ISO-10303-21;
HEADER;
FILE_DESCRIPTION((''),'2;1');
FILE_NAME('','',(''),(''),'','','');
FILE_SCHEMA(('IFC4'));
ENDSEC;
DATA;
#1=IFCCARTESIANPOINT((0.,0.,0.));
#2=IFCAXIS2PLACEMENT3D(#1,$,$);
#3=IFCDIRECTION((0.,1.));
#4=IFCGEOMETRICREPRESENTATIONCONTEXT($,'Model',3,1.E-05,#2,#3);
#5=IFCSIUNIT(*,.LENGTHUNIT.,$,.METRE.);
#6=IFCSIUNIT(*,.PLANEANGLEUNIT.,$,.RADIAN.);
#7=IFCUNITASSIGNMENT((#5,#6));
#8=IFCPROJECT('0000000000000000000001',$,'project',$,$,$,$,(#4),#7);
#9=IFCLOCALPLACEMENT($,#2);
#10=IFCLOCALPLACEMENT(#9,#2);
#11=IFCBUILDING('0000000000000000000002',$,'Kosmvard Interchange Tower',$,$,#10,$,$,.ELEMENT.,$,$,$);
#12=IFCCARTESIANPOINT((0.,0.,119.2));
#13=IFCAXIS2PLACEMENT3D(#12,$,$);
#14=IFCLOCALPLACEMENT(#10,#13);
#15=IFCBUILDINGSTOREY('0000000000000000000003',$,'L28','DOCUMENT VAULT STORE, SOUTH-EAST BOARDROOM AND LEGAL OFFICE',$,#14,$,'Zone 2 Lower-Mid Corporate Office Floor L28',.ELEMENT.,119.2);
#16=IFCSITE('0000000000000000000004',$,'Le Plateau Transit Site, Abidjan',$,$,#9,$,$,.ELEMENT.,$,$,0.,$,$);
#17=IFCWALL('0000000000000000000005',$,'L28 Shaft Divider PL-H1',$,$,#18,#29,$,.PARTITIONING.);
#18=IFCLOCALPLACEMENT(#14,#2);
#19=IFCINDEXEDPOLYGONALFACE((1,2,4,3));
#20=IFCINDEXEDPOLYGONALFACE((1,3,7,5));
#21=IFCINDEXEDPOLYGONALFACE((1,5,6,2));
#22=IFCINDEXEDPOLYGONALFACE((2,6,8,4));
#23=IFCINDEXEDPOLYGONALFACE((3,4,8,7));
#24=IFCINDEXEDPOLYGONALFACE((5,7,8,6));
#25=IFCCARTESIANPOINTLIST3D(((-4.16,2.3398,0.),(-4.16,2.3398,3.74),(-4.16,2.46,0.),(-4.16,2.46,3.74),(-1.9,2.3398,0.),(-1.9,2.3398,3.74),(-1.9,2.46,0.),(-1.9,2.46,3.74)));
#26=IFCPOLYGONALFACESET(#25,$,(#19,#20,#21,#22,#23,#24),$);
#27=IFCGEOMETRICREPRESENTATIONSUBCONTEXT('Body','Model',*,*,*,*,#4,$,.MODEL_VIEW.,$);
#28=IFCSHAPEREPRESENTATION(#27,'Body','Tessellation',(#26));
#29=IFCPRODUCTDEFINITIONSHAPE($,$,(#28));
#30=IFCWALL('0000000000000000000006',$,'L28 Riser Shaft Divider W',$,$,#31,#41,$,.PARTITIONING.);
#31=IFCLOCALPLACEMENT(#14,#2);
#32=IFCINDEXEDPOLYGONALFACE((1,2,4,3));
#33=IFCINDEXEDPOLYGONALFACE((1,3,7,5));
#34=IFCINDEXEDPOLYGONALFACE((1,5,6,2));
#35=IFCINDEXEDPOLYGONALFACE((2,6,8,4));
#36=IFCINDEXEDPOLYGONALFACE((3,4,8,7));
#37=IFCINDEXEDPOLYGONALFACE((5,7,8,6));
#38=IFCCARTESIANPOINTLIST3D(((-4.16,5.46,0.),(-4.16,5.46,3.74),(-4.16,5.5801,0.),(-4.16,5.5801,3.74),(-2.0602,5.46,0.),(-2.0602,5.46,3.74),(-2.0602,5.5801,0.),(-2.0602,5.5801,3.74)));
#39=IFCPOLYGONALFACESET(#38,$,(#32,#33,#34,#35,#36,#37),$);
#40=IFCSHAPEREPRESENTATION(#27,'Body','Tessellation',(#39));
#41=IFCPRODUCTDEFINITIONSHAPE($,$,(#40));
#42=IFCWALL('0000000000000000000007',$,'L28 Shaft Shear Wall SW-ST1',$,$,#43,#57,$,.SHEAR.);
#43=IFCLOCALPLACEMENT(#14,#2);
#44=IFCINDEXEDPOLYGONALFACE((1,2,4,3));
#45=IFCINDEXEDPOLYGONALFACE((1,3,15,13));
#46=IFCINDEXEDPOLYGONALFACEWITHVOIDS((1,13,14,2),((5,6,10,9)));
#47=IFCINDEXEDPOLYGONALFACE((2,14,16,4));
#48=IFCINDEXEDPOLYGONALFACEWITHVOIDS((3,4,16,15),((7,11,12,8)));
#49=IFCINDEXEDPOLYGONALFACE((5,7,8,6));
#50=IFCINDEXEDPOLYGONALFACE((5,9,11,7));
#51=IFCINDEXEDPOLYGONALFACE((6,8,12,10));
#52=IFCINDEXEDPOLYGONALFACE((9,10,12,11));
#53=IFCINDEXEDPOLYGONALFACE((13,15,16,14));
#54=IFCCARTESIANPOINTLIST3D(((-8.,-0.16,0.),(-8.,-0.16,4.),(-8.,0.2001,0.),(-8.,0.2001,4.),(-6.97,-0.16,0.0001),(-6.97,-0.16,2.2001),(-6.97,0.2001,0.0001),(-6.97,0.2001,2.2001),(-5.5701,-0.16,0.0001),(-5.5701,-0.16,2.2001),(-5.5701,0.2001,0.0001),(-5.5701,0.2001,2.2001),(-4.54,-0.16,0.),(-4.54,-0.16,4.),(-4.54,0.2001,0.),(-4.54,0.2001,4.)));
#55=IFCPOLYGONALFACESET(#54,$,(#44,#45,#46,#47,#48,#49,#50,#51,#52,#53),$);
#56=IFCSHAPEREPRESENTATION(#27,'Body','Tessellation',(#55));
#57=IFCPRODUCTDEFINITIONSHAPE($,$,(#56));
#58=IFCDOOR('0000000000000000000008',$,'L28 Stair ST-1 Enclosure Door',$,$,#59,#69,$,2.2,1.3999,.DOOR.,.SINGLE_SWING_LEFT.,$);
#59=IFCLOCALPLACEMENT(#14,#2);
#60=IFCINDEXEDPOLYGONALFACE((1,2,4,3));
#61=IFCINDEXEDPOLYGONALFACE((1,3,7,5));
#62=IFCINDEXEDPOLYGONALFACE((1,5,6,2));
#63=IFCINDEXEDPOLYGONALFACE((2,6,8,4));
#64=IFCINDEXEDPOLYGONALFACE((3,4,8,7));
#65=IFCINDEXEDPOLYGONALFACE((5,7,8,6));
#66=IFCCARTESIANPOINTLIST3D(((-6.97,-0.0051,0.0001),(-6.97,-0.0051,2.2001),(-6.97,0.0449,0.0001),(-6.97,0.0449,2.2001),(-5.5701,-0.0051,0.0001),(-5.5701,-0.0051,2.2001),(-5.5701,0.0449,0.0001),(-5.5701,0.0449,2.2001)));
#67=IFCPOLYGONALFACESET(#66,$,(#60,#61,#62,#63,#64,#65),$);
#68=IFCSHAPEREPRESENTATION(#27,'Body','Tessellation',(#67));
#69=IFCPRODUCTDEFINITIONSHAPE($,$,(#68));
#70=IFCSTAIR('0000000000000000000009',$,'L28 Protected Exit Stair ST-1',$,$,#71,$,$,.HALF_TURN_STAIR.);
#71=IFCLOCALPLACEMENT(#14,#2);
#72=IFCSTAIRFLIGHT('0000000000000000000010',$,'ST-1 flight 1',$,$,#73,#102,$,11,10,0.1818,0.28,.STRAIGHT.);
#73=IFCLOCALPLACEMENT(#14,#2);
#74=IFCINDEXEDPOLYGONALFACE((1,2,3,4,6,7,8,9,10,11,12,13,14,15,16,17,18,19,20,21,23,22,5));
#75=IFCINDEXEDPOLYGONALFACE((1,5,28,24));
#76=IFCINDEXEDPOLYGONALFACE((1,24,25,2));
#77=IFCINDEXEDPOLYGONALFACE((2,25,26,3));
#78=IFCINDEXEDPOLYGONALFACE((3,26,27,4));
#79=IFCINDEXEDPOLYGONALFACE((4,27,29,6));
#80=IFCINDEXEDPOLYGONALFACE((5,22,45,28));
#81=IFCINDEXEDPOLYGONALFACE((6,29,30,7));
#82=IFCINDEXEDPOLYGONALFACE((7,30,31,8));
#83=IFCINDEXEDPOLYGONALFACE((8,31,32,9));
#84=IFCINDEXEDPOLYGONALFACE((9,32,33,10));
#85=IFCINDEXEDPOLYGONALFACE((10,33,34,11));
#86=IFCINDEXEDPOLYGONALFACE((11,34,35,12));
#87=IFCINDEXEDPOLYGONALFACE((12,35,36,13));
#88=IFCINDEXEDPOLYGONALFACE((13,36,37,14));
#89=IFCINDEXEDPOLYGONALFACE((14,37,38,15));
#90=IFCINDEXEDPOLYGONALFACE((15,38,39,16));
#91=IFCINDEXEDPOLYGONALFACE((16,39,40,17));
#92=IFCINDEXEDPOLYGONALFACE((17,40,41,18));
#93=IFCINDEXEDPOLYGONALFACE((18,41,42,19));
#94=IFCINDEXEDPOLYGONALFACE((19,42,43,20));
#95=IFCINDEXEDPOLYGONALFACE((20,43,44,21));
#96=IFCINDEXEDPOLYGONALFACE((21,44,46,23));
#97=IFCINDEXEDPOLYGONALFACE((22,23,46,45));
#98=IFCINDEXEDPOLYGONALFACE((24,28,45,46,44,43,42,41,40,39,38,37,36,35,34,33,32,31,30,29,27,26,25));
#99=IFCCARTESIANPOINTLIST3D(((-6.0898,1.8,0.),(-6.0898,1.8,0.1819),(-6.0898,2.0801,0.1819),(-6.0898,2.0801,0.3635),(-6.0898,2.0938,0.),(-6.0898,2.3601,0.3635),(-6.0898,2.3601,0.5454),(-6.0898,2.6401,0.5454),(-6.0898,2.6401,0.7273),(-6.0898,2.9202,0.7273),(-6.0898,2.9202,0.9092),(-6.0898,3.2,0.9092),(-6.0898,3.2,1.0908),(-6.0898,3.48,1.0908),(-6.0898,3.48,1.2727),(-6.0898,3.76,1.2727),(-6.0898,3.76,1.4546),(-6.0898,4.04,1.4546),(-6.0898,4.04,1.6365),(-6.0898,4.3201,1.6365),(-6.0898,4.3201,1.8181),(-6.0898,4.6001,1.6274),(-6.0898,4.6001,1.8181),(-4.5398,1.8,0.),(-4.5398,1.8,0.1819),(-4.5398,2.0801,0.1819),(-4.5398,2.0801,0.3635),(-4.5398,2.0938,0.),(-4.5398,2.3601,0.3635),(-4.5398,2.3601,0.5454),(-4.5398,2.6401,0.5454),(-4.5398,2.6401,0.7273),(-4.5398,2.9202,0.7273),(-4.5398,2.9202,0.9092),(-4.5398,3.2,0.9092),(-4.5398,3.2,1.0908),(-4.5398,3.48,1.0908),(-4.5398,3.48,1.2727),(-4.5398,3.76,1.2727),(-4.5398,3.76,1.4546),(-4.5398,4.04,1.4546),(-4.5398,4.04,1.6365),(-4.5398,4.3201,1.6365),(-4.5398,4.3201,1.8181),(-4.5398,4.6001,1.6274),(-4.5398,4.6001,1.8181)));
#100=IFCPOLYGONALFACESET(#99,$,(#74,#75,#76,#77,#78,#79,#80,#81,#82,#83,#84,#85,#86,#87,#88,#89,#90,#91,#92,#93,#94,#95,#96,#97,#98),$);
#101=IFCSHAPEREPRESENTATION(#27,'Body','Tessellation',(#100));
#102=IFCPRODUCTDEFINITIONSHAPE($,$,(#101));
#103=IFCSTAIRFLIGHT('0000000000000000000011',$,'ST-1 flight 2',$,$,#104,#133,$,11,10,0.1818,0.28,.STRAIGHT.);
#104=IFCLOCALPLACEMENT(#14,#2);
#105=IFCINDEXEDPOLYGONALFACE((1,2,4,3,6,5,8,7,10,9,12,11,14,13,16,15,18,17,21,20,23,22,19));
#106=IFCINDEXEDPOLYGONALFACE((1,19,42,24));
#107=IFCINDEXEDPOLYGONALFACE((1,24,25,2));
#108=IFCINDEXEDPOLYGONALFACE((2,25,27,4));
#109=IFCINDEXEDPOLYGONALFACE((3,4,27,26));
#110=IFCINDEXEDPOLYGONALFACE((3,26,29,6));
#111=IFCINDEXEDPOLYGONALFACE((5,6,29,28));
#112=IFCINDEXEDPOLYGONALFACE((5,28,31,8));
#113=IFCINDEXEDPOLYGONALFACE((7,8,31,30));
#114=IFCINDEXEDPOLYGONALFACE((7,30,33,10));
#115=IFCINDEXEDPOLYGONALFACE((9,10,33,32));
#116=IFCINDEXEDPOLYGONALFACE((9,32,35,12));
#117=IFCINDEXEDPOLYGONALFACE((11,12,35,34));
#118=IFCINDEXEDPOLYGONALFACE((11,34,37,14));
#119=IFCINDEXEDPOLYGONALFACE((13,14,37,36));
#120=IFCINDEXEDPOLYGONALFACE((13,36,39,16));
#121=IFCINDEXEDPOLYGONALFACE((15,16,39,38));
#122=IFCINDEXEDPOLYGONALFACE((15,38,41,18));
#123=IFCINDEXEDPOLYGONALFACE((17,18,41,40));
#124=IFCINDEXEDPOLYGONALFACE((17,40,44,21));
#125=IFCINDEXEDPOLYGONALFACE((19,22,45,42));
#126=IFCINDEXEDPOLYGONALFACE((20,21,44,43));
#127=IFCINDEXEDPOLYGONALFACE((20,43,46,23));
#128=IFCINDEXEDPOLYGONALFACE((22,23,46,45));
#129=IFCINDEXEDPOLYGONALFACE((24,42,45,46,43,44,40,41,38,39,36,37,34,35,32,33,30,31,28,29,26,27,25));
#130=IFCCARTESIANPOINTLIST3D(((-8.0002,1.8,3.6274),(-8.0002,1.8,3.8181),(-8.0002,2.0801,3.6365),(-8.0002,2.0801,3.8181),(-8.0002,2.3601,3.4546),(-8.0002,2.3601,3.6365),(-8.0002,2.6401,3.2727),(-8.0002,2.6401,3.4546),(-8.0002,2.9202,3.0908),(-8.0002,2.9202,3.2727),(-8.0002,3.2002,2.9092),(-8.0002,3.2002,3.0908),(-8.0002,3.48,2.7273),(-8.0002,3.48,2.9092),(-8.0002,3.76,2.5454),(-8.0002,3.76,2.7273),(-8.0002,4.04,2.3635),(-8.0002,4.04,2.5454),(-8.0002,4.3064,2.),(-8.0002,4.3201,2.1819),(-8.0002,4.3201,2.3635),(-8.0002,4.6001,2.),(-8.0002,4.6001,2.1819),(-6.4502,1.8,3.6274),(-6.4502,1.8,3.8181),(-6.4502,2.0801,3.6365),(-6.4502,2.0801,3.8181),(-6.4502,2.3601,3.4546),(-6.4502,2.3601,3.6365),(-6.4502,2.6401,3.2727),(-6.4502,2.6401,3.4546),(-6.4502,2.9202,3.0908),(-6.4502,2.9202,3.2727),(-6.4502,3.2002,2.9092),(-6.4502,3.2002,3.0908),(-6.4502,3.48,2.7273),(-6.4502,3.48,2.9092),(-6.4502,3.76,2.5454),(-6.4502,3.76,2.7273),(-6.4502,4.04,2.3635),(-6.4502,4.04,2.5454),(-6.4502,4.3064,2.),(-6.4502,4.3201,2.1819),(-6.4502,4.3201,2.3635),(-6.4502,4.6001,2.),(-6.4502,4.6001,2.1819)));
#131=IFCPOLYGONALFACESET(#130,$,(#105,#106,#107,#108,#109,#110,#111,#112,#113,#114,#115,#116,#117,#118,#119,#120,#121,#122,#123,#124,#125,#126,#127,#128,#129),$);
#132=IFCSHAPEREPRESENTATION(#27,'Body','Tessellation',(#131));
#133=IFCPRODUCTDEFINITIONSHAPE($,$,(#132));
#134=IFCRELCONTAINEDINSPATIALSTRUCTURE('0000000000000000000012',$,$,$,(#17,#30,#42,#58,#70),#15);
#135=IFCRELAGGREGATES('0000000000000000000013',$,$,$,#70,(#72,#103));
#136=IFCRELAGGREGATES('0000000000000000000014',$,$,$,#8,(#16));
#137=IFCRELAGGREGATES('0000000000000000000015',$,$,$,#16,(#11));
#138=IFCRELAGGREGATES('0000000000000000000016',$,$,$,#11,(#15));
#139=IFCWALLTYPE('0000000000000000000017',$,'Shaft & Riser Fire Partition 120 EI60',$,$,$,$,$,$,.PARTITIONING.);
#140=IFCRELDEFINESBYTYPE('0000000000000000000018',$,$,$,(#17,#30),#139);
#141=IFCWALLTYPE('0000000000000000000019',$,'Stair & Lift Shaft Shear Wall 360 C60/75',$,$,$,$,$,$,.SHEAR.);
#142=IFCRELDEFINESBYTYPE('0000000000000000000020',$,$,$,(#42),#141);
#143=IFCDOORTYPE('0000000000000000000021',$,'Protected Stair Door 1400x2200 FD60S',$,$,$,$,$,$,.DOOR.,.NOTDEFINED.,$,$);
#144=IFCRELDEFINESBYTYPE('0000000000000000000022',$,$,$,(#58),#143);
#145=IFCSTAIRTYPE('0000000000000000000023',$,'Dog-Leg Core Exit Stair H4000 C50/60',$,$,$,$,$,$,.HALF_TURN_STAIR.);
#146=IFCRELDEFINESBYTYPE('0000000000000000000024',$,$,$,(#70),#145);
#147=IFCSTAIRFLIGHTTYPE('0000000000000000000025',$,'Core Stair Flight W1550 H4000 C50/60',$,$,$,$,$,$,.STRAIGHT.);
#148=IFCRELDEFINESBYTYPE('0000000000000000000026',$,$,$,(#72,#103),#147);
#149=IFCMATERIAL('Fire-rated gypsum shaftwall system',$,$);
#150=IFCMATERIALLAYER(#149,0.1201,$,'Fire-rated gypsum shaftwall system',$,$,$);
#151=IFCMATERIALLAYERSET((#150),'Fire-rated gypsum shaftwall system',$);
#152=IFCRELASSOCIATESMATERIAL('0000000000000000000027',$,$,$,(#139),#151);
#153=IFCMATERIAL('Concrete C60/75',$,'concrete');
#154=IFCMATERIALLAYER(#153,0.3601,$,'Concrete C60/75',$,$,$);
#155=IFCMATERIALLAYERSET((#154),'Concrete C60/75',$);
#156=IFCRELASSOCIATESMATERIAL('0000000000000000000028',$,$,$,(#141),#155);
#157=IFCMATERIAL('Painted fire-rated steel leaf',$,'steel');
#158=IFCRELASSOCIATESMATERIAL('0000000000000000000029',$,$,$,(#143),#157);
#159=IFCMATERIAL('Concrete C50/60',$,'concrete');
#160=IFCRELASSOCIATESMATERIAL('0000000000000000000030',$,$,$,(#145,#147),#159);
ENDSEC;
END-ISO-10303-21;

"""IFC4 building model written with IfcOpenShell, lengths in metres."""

from ifc_helpers import new_model, si_unit, direction, frame, frame_2d, origin, place, context, subcontext, project, spatial, polyline, rectangle, outline, extrude, source, transform, mapped, material, layer, layer_set, type_object, element, fill, aggregate, save


model = new_model("IFC4")

# Units and contexts
model_context = context("Model", 3, precision=1e-05, world=origin(), true_north=direction((0.0, 1.0)))
body_context = subcontext(model_context, "Body", "Model", "MODEL_VIEW")
ifc_project = project(units=[si_unit("LENGTHUNIT", "METRE"), si_unit("PLANEANGLEUNIT", "RADIAN")], contexts=[model_context])

# Site, building, storey
site_placement = place(None, origin())
site = spatial("IfcSite", under=ifc_project, at=site_placement, Name="Le Plateau Transit Site, Abidjan", CompositionType="ELEMENT", RefElevation=0.0)
building_placement = place(site_placement, origin())
building = spatial("IfcBuilding", under=site, at=building_placement, Name="Kosmvard Interchange Tower", CompositionType="ELEMENT")
storey_placement = place(building_placement, frame((0.0, 0.0, 119.2)))
storey = spatial("IfcBuildingStorey", under=building, at=storey_placement, Name="L28", Description="DOCUMENT VAULT STORE, SOUTH-EAST BOARDROOM AND LEGAL OFFICE", LongName="Zone 2 Lower-Mid Corporate Office Floor L28", CompositionType="ELEMENT", Elevation=119.2)

# Shared definitions
ifc_material_1 = material(Name="Concrete C60/75", Category="concrete")

# Walls
ifc_material_2 = material(Name="Fire-rated gypsum shaftwall system")
ifc_layer_1 = layer(ifc_material_2, 0.1201, Name="Fire-rated gypsum shaftwall system")
ifc_layer_set_1 = layer_set([ifc_layer_1], Name="Fire-rated gypsum shaftwall system")
wall_type_1 = type_object("IfcWallType", Name="Shaft & Riser Fire Partition 120 EI60", PredefinedType="PARTITIONING", material=ifc_layer_set_1)
wall_1_placement = place(storey_placement, frame((-4.1599, 2.3999, 0.0), z_axis=(0.0, 0.0, 1.0), x_axis=(1.0, 0.0, 0.0)))
element("IfcWall", 1, at=wall_1_placement, inside=storey, type_object=wall_type_1, Name="L28 Shaft Divider PL-H1", PredefinedType="PARTITIONING", context=body_context, shape_type="SweptSolid", body=[
    extrude(rectangle(XDim=2.26, YDim=0.1201, at=frame_2d((1.1299, 0.0))), origin(), (0.0, 0.0, 1.0), 3.74),
])
wall_2_placement = place(storey_placement, frame((-4.1599, 5.52, 0.0), z_axis=(0.0, 0.0, 1.0), x_axis=(1.0, 0.0, 0.0)))
element("IfcWall", 2, at=wall_2_placement, inside=storey, type_object=wall_type_1, Name="L28 Riser Shaft Divider W", PredefinedType="PARTITIONING", context=body_context, shape_type="SweptSolid", body=[
    extrude(rectangle(XDim=2.0999, YDim=0.1201, at=frame_2d((1.0498, 0.0))), origin(), (0.0, 0.0, 1.0), 3.74),
])

# Wall, opening, door
ifc_layer_2 = layer(ifc_material_1, 0.3601, Name="Concrete C60/75")
ifc_layer_set_2 = layer_set([ifc_layer_2], Name="Concrete C60/75")
wall_type_2 = type_object("IfcWallType", Name="Stair & Lift Shaft Shear Wall 360 C60/75", PredefinedType="SHEAR", material=ifc_layer_set_2)
wall_3_placement = place(storey_placement, frame((-8.0, 0.02, 0.0), z_axis=(0.0, 0.0, 1.0), x_axis=(1.0, 0.0, 0.0)))
wall_3 = element("IfcWall", 3, at=wall_3_placement, inside=storey, type_object=wall_type_2, Name="L28 Shaft Shear Wall SW-ST1", PredefinedType="SHEAR", context=body_context, shape_type="SweptSolid", body=[
    extrude(rectangle(XDim=3.46, YDim=0.3601, at=frame_2d((1.73, 0.0))), origin(), (0.0, 0.0, 1.0), 4.0),
])
opening_1_placement = place(wall_3_placement, frame((1.03, 0.0, 0.0)))
opening_1 = element("IfcOpeningElement", 4, at=opening_1_placement, cuts=wall_3, PredefinedType="OPENING", context=body_context, shape_type="SweptSolid", body=[
    extrude(rectangle(XDim=1.3999, YDim=2.2, at=frame_2d((0.7, 1.1001))), frame((0.0, 0.1899, 0.0), z_axis=(0.0, -1.0, 0.0), x_axis=(1.0, 0.0, 0.0)), (0.0, 0.0, 1.0), 0.3801),
])
ifc_material_3 = material(Name="Painted fire-rated steel leaf", Category="steel")
door_type_1 = type_object("IfcDoorType", Name="Protected Stair Door 1400x2200 FD60S", OperationType="NOTDEFINED", PredefinedType="DOOR", material=ifc_material_3)
shared_shape_1 = source(origin(), body_context, "Body", "SweptSolid", [
    extrude(rectangle(XDim=1.3999, YDim=2.2, at=frame_2d((0.7, 1.1001))), frame((0.0, 0.0249, 0.0), z_axis=(0.0, -1.0, 0.0), x_axis=(1.0, 0.0, 0.0)), (0.0, 0.0, 1.0), 0.05),
])
door_1_placement = place(opening_1_placement, origin())
door_1 = element("IfcDoor", 5, at=door_1_placement, inside=storey, type_object=door_type_1, Name="L28 Stair ST-1 Enclosure Door", OperationType="SINGLE_SWING_LEFT", OverallHeight=2.2, OverallWidth=1.3999, PredefinedType="DOOR", context=body_context, shape_type="MappedRepresentation", body=[
    mapped(shared_shape_1, transform((0.0, 0.0, 0.0), scale=1.0)),
])
fill(opening_1, door_1)

# Stair, stair flights
ifc_material_4 = material(Name="Concrete C50/60", Category="concrete")
stair_type = type_object("IfcStairType", Name="Dog-Leg Core Exit Stair H4000 C50/60", PredefinedType="HALF_TURN_STAIR", material=ifc_material_4)
stair_placement = place(storey_placement, origin())
stair = element("IfcStair", 6, at=stair_placement, inside=storey, type_object=stair_type, Name="L28 Protected Exit Stair ST-1", PredefinedType="HALF_TURN_STAIR")
stair_flight_type = type_object("IfcStairFlightType", Name="Core Stair Flight W1550 H4000 C50/60", PredefinedType="STRAIGHT", material=ifc_material_4)
shared_shape_2 = source(origin(), body_context, "Body", "SweptSolid", [
    extrude(outline(polyline([(0.0, 0.0), (0.0, 0.1819), (0.28, 0.1819), (0.28, 0.3635), (0.5601, 0.3635), (0.5601, 0.5454), (0.8401, 0.5454), (0.8401, 0.7273), (1.1201, 0.7273), (1.1201, 0.9092), (1.3999, 0.9092), (1.3999, 1.0908), (1.6799, 1.0908), (1.6799, 1.2727), (1.96, 1.2727), (1.96, 1.4546), (2.24, 1.4546), (2.24, 1.6365), (2.52, 1.6365), (2.52, 1.8181), (2.8, 1.8181), (2.8, 2.0), (2.8, 1.6274), (0.2937, 0.0), (0.0, 0.0)])), frame((0.0, 0.7749, 0.0), z_axis=(0.0, -1.0, 0.0), x_axis=(1.0, 0.0, 0.0)), (0.0, 0.0, 1.0), 1.55),
])
stair_flight_1_placement = place(storey_placement, frame((-5.3149, 1.8, 0.0), z_axis=(0.0, 0.0, 1.0), x_axis=(0.0, 1.0, 0.0)))
stair_flight_1 = element("IfcStairFlight", 7, at=stair_flight_1_placement, type_object=stair_flight_type, Name="ST-1 flight 1", NumberOfRisers=11, NumberOfTreads=10, PredefinedType="STRAIGHT", RiserHeight=0.1818, TreadLength=0.28, context=body_context, shape_type="MappedRepresentation", body=[
    mapped(shared_shape_2, transform((0.0, 0.0, 0.0), scale=1.0)),
])
stair_flight_2_placement = place(storey_placement, frame((-7.2251, 4.6001, 2.0), z_axis=(0.0, 0.0, 1.0), x_axis=(0.0, -1.0, 0.0)))
stair_flight_2 = element("IfcStairFlight", 8, at=stair_flight_2_placement, type_object=stair_flight_type, Name="ST-1 flight 2", NumberOfRisers=11, NumberOfTreads=10, PredefinedType="STRAIGHT", RiserHeight=0.1818, TreadLength=0.28, context=body_context, shape_type="MappedRepresentation", body=[
    mapped(shared_shape_2, transform((0.0, 0.0, 0.0), scale=1.0)),
])
aggregate(stair, [stair_flight_1, stair_flight_2])

save(model, "model.ifc")
